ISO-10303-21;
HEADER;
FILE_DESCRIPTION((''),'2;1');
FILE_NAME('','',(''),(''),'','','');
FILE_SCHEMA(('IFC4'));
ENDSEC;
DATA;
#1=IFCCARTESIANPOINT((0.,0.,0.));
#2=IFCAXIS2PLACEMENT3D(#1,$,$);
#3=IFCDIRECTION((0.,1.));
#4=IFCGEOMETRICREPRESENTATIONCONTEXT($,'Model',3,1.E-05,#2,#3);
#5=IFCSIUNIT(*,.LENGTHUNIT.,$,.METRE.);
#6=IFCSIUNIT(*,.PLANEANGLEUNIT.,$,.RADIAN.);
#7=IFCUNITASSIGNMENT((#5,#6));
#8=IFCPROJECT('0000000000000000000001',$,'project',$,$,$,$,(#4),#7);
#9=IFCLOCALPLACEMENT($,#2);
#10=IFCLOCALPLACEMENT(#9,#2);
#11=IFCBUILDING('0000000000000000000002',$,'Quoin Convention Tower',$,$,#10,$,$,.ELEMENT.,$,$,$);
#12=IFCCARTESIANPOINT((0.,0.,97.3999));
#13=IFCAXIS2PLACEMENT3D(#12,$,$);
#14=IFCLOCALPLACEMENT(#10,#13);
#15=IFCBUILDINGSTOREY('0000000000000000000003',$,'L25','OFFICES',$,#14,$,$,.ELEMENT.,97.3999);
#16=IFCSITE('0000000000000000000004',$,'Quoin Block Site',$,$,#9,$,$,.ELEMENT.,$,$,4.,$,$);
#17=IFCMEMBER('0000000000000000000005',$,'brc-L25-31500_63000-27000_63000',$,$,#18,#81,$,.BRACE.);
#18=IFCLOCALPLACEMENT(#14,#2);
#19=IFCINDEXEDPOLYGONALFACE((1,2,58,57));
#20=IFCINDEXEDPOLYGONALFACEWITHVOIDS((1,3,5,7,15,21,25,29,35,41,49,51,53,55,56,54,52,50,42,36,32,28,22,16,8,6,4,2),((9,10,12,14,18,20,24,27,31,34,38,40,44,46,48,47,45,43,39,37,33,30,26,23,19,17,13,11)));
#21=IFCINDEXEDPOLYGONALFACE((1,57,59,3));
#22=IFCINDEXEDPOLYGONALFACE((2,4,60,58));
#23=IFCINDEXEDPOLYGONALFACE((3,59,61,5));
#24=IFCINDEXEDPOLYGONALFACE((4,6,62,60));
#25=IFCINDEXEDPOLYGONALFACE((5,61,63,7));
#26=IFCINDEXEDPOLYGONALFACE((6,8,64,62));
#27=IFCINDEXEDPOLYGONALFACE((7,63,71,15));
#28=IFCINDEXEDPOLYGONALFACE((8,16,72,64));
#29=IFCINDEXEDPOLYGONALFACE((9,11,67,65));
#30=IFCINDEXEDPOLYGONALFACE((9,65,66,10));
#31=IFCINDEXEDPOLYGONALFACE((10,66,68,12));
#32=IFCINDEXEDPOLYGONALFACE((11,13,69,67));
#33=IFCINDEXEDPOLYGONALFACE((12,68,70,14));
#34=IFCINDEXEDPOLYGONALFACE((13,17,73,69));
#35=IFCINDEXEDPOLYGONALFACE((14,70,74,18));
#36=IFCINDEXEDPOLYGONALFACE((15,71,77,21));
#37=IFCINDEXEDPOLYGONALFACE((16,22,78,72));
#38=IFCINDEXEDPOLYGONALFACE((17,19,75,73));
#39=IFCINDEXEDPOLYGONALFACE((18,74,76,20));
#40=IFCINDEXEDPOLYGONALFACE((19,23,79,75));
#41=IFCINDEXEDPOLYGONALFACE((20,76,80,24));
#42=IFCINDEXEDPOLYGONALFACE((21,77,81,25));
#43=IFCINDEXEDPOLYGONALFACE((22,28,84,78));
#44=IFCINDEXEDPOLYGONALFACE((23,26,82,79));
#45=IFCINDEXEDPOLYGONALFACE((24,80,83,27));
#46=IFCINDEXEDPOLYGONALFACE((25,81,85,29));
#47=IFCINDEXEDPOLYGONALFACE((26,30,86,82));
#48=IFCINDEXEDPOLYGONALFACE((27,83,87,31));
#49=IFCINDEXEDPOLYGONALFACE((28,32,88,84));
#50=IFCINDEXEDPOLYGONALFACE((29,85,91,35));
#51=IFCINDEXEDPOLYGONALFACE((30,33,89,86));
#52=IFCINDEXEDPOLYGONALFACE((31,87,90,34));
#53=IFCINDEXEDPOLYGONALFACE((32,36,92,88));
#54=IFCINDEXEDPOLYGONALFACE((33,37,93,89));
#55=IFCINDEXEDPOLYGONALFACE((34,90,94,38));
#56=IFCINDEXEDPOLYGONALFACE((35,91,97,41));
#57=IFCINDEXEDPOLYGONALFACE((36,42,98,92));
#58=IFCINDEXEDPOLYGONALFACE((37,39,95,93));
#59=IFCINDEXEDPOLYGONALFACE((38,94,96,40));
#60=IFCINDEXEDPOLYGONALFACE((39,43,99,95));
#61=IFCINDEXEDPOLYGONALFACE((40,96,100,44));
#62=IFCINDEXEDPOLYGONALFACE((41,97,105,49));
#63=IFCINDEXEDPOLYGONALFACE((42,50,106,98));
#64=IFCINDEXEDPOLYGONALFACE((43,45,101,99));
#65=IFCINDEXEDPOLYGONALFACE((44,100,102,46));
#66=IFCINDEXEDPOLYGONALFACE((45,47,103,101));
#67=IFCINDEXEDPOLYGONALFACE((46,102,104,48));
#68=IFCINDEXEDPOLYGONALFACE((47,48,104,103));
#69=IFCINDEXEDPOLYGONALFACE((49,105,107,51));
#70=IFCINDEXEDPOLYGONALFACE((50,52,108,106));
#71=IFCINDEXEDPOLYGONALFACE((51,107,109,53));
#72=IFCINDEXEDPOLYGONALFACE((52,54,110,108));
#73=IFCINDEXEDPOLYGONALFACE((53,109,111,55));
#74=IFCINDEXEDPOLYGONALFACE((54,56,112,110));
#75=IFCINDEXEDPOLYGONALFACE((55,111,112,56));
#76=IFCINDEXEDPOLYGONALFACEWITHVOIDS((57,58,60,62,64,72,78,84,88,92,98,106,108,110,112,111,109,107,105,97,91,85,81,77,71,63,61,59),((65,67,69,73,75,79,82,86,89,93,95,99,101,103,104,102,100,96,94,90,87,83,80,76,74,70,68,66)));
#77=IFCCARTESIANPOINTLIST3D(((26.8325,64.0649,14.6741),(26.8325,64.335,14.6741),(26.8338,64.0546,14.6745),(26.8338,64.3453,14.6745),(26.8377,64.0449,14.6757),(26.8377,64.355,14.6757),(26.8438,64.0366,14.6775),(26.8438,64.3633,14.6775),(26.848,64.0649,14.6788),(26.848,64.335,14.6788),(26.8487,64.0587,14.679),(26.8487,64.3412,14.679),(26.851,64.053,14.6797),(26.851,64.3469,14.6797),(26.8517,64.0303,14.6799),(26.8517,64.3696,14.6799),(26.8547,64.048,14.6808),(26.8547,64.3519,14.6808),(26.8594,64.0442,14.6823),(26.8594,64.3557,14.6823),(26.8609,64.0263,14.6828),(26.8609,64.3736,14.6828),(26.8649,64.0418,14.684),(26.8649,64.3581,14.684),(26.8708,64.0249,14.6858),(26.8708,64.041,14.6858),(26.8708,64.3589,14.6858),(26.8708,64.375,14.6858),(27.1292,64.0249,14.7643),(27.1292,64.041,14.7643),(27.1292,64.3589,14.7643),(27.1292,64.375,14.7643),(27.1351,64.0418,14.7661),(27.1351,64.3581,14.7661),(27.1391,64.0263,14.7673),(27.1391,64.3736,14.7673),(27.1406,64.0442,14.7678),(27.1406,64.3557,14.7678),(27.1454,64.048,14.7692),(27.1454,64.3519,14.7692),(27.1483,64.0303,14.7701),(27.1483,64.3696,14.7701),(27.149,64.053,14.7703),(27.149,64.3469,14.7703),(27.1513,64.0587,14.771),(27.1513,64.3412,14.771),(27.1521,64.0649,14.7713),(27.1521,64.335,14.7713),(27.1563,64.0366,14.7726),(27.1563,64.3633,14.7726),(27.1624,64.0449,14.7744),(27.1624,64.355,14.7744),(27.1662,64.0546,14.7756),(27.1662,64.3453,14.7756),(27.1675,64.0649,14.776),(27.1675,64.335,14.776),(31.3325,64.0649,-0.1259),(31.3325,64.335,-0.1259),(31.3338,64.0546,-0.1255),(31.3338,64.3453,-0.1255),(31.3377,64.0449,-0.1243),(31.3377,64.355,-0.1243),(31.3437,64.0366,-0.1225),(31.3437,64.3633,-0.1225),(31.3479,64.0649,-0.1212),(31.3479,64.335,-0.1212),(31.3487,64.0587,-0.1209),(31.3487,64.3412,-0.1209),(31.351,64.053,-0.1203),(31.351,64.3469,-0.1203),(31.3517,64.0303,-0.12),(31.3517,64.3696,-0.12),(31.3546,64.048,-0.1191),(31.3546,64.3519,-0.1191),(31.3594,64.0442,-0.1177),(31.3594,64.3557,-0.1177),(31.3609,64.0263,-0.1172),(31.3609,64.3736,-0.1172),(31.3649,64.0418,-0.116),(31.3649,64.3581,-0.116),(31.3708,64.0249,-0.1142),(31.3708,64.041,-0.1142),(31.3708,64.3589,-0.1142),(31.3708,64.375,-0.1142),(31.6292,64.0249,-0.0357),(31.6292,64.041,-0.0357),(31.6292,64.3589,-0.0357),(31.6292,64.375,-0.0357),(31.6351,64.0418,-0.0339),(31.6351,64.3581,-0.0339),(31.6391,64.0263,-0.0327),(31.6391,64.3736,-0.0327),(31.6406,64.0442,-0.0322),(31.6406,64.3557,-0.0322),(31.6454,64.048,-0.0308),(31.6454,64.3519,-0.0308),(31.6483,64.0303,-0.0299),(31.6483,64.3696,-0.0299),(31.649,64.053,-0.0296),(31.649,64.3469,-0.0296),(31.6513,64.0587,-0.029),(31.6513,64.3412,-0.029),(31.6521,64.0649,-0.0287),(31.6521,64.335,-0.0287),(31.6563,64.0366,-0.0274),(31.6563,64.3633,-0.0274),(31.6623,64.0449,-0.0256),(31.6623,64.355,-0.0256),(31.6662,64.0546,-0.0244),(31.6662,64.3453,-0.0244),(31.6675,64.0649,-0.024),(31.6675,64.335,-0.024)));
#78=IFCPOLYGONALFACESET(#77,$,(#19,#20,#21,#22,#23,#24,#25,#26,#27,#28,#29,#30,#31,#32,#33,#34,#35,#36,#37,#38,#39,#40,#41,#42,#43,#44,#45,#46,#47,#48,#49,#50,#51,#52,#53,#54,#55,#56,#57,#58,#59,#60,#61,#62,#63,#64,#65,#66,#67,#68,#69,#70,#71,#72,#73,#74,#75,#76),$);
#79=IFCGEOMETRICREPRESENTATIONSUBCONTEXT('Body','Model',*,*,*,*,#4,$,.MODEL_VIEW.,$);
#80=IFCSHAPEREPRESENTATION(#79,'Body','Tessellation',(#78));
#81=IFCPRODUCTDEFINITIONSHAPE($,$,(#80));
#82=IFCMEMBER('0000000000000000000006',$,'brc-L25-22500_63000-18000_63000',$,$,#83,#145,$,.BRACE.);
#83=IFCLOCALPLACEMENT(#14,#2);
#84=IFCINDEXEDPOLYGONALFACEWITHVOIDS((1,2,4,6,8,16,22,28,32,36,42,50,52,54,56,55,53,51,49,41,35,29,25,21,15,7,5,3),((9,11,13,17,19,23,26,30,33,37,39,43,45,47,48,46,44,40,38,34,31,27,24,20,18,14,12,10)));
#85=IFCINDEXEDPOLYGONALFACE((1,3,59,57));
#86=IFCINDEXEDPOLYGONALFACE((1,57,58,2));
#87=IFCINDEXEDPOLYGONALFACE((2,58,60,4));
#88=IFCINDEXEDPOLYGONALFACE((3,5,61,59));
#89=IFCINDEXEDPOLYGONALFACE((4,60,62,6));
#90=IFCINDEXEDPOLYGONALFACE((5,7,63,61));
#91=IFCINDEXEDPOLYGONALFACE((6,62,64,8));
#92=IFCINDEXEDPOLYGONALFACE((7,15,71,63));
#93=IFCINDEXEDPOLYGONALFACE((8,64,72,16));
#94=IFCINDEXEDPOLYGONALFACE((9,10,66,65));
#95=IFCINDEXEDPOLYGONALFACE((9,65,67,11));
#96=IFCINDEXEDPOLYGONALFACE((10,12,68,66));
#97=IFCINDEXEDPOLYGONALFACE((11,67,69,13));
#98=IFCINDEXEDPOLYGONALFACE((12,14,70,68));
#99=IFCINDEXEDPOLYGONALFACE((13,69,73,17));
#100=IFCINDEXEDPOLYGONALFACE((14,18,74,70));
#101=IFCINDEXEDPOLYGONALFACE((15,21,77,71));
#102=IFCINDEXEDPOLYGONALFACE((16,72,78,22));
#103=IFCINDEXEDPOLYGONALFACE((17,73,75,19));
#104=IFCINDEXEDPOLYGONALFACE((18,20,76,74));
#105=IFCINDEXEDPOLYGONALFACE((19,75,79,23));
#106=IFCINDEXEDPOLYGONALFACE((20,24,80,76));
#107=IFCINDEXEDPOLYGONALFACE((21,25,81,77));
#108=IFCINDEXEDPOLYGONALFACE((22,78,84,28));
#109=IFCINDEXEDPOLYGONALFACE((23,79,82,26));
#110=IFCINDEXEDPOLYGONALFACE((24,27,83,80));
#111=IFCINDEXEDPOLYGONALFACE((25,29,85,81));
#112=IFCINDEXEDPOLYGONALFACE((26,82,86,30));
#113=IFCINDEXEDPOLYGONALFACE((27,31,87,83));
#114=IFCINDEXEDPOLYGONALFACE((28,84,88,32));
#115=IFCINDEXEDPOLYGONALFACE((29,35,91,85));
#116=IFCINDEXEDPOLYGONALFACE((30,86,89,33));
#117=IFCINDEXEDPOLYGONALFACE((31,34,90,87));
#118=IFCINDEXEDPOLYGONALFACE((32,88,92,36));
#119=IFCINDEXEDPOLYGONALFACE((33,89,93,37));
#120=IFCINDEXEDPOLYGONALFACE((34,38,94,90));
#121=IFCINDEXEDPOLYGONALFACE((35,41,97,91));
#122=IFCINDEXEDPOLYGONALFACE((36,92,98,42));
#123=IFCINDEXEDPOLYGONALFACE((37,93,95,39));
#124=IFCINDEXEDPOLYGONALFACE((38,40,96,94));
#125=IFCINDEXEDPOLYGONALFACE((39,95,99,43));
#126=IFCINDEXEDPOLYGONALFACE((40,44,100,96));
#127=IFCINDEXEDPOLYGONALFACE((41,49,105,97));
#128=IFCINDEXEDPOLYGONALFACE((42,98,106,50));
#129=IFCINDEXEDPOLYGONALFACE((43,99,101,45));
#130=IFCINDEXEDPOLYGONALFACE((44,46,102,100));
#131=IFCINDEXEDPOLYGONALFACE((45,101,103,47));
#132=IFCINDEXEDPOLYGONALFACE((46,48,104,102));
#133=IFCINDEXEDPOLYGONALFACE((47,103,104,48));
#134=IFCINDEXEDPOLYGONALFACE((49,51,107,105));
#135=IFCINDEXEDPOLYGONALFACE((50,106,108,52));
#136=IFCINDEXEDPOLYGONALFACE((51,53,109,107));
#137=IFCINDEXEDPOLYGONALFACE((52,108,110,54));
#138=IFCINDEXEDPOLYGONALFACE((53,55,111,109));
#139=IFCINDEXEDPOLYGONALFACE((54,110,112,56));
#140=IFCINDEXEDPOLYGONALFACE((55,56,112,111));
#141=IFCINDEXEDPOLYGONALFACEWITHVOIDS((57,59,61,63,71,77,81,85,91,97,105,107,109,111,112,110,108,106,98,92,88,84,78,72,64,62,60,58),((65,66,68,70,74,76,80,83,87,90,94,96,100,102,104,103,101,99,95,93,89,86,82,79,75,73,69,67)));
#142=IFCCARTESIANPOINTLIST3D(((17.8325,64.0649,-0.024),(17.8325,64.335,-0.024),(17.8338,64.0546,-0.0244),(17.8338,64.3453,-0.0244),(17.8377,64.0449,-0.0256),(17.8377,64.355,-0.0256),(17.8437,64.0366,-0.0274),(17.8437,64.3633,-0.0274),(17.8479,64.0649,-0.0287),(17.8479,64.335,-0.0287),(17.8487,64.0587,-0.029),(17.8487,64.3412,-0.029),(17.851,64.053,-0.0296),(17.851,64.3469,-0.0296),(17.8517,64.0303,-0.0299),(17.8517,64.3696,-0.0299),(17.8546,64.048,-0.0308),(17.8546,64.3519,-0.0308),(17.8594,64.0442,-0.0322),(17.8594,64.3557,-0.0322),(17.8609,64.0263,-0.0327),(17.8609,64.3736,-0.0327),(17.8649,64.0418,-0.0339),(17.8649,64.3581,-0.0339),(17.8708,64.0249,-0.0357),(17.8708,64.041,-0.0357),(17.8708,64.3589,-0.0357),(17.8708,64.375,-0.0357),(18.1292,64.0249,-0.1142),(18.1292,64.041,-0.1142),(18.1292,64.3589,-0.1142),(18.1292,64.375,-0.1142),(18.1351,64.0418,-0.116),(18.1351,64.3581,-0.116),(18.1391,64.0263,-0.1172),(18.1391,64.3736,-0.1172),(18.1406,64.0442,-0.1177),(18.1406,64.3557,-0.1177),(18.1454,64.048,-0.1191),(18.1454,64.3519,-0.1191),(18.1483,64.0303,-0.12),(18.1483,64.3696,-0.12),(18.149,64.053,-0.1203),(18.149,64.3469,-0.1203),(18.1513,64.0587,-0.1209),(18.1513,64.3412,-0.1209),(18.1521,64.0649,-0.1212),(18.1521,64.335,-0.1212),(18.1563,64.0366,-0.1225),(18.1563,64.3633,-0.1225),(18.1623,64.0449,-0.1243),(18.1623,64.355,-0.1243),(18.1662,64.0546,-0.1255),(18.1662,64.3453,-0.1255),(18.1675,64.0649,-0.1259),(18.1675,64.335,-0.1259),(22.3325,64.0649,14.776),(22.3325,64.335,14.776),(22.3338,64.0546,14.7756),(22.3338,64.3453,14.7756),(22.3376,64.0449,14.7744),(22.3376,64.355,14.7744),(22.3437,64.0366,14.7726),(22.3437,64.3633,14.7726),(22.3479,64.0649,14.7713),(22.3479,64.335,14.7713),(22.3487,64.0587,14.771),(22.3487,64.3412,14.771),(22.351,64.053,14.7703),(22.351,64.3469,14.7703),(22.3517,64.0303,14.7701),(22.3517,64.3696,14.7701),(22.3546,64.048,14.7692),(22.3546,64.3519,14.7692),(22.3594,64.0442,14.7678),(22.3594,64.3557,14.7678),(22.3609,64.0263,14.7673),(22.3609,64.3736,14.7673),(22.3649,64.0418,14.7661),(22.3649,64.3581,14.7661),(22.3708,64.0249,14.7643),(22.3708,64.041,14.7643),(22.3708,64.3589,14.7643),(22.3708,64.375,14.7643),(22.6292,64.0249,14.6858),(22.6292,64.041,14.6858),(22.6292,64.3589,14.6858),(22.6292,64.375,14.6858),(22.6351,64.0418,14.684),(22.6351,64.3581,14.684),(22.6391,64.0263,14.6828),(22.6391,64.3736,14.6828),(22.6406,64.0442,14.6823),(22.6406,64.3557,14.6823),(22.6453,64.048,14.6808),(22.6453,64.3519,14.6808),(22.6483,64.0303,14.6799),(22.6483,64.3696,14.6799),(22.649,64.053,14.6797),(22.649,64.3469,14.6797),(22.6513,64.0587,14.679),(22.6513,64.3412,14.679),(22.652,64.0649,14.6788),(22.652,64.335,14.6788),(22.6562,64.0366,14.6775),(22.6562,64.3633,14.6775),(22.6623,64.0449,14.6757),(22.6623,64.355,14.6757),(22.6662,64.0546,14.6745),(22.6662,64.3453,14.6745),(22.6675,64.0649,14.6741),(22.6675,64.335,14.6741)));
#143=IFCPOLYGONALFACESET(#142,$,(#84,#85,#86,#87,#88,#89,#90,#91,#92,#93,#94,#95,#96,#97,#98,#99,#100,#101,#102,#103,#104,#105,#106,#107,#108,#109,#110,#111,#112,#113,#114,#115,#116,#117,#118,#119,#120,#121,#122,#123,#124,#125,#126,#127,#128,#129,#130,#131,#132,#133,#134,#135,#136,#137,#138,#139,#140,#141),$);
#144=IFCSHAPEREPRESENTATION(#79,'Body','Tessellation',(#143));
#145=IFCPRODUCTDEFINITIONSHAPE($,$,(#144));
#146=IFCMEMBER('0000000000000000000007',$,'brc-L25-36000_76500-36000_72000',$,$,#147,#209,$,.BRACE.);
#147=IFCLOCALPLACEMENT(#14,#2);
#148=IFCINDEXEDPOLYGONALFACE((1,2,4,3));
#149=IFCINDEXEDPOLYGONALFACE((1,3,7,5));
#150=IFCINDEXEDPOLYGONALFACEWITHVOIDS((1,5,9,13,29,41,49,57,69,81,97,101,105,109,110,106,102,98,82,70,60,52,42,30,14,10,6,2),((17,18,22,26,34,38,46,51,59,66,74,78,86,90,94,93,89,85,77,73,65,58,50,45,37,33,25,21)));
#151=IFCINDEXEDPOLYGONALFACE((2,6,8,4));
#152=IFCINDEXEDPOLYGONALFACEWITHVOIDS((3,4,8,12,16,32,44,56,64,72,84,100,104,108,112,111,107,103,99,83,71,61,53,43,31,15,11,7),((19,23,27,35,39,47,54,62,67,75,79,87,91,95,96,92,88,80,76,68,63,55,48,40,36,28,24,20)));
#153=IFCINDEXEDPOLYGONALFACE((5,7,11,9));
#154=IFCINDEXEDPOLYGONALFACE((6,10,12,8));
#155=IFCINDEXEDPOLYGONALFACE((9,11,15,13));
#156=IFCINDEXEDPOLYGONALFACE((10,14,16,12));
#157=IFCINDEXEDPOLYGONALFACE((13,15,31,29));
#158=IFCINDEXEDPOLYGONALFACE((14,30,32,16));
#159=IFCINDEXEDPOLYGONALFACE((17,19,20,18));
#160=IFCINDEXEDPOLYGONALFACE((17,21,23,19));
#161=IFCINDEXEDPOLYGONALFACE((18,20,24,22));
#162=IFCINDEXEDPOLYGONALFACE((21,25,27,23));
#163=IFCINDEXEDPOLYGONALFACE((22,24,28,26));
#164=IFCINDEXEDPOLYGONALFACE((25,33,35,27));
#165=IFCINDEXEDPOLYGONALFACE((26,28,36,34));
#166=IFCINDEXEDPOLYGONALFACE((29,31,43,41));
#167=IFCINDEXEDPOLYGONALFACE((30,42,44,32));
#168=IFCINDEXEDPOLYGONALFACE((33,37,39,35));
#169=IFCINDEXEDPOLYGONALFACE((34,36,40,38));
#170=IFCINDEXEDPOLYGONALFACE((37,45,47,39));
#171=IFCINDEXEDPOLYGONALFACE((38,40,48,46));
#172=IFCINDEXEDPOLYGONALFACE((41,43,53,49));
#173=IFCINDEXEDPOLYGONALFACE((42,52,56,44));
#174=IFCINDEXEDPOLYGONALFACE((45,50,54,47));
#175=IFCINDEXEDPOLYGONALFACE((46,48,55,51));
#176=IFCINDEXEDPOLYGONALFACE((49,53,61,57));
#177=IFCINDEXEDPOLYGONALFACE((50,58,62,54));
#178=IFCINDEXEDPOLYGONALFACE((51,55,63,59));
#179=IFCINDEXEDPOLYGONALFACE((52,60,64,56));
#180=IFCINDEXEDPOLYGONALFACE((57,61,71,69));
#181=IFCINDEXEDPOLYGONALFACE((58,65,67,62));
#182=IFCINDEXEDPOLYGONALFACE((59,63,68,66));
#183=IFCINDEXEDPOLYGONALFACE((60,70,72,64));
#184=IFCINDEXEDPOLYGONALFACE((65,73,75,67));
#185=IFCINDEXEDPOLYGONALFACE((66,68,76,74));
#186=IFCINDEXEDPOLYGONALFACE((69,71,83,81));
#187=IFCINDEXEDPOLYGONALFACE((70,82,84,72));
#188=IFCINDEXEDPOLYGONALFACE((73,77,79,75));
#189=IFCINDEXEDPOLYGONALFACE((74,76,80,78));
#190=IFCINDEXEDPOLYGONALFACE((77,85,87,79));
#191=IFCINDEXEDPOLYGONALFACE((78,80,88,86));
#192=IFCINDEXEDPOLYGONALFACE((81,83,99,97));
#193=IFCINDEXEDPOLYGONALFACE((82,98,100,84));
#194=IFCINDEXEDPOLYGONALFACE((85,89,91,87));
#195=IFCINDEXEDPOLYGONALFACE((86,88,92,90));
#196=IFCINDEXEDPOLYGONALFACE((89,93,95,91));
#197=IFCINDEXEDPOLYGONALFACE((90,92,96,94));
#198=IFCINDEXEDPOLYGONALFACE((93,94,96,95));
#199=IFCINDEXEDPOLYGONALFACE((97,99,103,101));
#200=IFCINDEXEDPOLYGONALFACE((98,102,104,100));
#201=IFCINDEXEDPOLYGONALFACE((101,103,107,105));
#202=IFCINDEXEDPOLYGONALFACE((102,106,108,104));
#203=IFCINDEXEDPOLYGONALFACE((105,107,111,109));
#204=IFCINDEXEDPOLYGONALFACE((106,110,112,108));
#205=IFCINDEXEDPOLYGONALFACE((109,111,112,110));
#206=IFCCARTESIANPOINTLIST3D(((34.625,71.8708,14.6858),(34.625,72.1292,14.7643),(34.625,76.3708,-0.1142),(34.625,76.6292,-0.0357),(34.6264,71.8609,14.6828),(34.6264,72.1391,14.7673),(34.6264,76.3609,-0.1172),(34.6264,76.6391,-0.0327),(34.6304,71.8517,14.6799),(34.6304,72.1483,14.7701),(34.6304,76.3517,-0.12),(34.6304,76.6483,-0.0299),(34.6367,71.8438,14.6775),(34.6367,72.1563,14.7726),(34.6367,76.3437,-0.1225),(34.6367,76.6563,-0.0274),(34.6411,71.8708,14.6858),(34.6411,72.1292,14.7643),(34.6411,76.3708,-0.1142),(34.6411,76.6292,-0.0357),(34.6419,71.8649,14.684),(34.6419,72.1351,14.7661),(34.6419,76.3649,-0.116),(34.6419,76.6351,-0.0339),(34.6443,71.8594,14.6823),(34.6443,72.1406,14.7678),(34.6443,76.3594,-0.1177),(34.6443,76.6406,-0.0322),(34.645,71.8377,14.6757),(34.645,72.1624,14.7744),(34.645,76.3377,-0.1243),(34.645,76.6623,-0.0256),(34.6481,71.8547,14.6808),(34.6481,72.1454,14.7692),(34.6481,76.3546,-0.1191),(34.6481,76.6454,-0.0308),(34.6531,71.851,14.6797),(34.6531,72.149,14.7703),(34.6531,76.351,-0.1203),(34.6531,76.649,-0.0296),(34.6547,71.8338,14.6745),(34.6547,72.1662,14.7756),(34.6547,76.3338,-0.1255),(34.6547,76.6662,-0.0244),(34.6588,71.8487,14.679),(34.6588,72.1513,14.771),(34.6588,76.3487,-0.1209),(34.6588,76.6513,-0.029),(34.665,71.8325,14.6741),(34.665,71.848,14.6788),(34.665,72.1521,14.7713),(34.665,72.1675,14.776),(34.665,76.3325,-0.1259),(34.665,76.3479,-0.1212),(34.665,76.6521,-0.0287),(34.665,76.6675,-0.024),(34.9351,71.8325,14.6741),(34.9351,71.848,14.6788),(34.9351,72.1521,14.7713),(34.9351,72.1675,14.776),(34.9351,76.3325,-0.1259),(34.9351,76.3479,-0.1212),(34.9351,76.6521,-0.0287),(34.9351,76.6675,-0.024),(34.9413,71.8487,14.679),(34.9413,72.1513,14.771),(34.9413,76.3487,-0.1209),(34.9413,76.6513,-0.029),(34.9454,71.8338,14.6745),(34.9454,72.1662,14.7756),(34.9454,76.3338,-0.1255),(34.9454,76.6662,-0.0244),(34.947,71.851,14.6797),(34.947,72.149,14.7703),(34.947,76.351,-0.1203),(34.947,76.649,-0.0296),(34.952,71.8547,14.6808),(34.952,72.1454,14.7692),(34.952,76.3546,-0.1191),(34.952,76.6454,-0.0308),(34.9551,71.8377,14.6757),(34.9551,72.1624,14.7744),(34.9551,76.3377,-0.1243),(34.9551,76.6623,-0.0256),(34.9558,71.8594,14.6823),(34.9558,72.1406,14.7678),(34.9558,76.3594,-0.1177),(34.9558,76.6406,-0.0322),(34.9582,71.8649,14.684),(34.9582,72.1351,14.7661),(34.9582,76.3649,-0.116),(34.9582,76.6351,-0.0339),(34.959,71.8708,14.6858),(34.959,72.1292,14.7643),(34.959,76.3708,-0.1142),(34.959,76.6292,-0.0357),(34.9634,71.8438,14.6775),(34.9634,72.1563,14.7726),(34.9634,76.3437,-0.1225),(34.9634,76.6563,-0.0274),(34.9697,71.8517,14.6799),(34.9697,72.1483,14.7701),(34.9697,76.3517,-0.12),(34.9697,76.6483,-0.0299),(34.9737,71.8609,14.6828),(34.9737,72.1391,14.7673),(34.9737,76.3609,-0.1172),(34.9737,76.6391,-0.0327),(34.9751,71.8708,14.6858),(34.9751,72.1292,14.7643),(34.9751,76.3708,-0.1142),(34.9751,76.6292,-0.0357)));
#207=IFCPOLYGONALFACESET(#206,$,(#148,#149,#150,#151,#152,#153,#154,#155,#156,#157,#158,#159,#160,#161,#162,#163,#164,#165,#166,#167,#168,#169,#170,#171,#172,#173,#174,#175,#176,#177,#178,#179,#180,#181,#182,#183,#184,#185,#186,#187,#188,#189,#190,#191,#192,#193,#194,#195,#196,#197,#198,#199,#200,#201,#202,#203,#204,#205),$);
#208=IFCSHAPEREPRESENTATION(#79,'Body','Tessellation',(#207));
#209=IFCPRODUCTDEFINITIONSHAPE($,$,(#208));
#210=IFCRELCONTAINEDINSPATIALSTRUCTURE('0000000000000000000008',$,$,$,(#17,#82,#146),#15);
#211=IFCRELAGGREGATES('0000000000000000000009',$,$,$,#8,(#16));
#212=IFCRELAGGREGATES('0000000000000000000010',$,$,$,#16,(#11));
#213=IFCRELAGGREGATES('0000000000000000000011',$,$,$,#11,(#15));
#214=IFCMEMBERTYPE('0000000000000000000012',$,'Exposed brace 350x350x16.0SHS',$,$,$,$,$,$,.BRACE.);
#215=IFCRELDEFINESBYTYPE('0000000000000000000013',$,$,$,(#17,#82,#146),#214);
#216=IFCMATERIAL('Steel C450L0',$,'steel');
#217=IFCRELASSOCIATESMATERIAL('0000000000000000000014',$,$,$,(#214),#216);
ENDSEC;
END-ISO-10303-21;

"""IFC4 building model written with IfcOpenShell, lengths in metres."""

from ifc_helpers import new_model, si_unit, direction, frame, origin, origin_2d, place, context, subcontext, project, spatial, hollow_rectangle, extrude, material, material_profile, profile_set, type_object, element, save


model = new_model("IFC4")

# Units and contexts
model_context = context("Model", 3, precision=1e-05, world=origin(), true_north=direction((0.0, 1.0)))
body_context = subcontext(model_context, "Body", "Model", "MODEL_VIEW")
ifc_project = project(units=[si_unit("LENGTHUNIT", "METRE"), si_unit("PLANEANGLEUNIT", "RADIAN")], contexts=[model_context])

# Site, building, storey
site_placement = place(None, origin())
site = spatial("IfcSite", under=ifc_project, at=site_placement, Name="Quoin Block Site", CompositionType="ELEMENT", RefElevation=4.0)
building_placement = place(site_placement, origin())
building = spatial("IfcBuilding", under=site, at=building_placement, Name="Quoin Convention Tower", CompositionType="ELEMENT")
storey_placement = place(building_placement, frame((0.0, 0.0, 97.3999)))
storey = spatial("IfcBuildingStorey", under=building, at=storey_placement, Name="L25", Description="OFFICES", CompositionType="ELEMENT", Elevation=97.3999)

# Members
ifc_material_1 = material(Name="Steel C450L0", Category="steel")
ifc_material_profile_1 = material_profile(ifc_material_1, hollow_rectangle(XDim=0.3501, YDim=0.3501, WallThickness=0.0161, InnerFilletRadius=0.0239, OuterFilletRadius=0.04, at=origin_2d()), Name="350x350x16.0SHS")
ifc_profile_set_1 = profile_set([ifc_material_profile_1], Name="Steel C450L0")
member_type = type_object("IfcMemberType", Name="Exposed brace 350x350x16.0SHS", PredefinedType="BRACE", material=ifc_profile_set_1)
for number, where, z_axis, x_axis, name in (
    (1, (31.5, 64.2, -0.075), (-0.290903, 0.0, 0.956752), (0.0, -1.0, 0.0), "brc-L25-31500_63000-27000_63000"),
    (2, (18.0, 64.2, -0.075), (0.290903, 0.0, 0.956752), (0.0, 1.0, 0.0), "brc-L25-22500_63000-18000_63000"),
    (3, (34.8, 76.5, -0.075), (0.0, -0.290903, 0.956752), (1.0, 0.0, 0.0), "brc-L25-36000_76500-36000_72000"),
):
    element("IfcMember", number, at=place(storey_placement, frame(where, z_axis=z_axis, x_axis=x_axis)), inside=storey, type_object=member_type, Name=name, PredefinedType="BRACE", context=body_context, shape_type="SweptSolid", body=[
        extrude(hollow_rectangle(XDim=0.3501, YDim=0.3501, WallThickness=0.0161, InnerFilletRadius=0.0239, OuterFilletRadius=0.04, at=origin_2d()), origin(), (0.0, 0.0, 1.0), 15.469),
    ])

save(model, "model.ifc")
